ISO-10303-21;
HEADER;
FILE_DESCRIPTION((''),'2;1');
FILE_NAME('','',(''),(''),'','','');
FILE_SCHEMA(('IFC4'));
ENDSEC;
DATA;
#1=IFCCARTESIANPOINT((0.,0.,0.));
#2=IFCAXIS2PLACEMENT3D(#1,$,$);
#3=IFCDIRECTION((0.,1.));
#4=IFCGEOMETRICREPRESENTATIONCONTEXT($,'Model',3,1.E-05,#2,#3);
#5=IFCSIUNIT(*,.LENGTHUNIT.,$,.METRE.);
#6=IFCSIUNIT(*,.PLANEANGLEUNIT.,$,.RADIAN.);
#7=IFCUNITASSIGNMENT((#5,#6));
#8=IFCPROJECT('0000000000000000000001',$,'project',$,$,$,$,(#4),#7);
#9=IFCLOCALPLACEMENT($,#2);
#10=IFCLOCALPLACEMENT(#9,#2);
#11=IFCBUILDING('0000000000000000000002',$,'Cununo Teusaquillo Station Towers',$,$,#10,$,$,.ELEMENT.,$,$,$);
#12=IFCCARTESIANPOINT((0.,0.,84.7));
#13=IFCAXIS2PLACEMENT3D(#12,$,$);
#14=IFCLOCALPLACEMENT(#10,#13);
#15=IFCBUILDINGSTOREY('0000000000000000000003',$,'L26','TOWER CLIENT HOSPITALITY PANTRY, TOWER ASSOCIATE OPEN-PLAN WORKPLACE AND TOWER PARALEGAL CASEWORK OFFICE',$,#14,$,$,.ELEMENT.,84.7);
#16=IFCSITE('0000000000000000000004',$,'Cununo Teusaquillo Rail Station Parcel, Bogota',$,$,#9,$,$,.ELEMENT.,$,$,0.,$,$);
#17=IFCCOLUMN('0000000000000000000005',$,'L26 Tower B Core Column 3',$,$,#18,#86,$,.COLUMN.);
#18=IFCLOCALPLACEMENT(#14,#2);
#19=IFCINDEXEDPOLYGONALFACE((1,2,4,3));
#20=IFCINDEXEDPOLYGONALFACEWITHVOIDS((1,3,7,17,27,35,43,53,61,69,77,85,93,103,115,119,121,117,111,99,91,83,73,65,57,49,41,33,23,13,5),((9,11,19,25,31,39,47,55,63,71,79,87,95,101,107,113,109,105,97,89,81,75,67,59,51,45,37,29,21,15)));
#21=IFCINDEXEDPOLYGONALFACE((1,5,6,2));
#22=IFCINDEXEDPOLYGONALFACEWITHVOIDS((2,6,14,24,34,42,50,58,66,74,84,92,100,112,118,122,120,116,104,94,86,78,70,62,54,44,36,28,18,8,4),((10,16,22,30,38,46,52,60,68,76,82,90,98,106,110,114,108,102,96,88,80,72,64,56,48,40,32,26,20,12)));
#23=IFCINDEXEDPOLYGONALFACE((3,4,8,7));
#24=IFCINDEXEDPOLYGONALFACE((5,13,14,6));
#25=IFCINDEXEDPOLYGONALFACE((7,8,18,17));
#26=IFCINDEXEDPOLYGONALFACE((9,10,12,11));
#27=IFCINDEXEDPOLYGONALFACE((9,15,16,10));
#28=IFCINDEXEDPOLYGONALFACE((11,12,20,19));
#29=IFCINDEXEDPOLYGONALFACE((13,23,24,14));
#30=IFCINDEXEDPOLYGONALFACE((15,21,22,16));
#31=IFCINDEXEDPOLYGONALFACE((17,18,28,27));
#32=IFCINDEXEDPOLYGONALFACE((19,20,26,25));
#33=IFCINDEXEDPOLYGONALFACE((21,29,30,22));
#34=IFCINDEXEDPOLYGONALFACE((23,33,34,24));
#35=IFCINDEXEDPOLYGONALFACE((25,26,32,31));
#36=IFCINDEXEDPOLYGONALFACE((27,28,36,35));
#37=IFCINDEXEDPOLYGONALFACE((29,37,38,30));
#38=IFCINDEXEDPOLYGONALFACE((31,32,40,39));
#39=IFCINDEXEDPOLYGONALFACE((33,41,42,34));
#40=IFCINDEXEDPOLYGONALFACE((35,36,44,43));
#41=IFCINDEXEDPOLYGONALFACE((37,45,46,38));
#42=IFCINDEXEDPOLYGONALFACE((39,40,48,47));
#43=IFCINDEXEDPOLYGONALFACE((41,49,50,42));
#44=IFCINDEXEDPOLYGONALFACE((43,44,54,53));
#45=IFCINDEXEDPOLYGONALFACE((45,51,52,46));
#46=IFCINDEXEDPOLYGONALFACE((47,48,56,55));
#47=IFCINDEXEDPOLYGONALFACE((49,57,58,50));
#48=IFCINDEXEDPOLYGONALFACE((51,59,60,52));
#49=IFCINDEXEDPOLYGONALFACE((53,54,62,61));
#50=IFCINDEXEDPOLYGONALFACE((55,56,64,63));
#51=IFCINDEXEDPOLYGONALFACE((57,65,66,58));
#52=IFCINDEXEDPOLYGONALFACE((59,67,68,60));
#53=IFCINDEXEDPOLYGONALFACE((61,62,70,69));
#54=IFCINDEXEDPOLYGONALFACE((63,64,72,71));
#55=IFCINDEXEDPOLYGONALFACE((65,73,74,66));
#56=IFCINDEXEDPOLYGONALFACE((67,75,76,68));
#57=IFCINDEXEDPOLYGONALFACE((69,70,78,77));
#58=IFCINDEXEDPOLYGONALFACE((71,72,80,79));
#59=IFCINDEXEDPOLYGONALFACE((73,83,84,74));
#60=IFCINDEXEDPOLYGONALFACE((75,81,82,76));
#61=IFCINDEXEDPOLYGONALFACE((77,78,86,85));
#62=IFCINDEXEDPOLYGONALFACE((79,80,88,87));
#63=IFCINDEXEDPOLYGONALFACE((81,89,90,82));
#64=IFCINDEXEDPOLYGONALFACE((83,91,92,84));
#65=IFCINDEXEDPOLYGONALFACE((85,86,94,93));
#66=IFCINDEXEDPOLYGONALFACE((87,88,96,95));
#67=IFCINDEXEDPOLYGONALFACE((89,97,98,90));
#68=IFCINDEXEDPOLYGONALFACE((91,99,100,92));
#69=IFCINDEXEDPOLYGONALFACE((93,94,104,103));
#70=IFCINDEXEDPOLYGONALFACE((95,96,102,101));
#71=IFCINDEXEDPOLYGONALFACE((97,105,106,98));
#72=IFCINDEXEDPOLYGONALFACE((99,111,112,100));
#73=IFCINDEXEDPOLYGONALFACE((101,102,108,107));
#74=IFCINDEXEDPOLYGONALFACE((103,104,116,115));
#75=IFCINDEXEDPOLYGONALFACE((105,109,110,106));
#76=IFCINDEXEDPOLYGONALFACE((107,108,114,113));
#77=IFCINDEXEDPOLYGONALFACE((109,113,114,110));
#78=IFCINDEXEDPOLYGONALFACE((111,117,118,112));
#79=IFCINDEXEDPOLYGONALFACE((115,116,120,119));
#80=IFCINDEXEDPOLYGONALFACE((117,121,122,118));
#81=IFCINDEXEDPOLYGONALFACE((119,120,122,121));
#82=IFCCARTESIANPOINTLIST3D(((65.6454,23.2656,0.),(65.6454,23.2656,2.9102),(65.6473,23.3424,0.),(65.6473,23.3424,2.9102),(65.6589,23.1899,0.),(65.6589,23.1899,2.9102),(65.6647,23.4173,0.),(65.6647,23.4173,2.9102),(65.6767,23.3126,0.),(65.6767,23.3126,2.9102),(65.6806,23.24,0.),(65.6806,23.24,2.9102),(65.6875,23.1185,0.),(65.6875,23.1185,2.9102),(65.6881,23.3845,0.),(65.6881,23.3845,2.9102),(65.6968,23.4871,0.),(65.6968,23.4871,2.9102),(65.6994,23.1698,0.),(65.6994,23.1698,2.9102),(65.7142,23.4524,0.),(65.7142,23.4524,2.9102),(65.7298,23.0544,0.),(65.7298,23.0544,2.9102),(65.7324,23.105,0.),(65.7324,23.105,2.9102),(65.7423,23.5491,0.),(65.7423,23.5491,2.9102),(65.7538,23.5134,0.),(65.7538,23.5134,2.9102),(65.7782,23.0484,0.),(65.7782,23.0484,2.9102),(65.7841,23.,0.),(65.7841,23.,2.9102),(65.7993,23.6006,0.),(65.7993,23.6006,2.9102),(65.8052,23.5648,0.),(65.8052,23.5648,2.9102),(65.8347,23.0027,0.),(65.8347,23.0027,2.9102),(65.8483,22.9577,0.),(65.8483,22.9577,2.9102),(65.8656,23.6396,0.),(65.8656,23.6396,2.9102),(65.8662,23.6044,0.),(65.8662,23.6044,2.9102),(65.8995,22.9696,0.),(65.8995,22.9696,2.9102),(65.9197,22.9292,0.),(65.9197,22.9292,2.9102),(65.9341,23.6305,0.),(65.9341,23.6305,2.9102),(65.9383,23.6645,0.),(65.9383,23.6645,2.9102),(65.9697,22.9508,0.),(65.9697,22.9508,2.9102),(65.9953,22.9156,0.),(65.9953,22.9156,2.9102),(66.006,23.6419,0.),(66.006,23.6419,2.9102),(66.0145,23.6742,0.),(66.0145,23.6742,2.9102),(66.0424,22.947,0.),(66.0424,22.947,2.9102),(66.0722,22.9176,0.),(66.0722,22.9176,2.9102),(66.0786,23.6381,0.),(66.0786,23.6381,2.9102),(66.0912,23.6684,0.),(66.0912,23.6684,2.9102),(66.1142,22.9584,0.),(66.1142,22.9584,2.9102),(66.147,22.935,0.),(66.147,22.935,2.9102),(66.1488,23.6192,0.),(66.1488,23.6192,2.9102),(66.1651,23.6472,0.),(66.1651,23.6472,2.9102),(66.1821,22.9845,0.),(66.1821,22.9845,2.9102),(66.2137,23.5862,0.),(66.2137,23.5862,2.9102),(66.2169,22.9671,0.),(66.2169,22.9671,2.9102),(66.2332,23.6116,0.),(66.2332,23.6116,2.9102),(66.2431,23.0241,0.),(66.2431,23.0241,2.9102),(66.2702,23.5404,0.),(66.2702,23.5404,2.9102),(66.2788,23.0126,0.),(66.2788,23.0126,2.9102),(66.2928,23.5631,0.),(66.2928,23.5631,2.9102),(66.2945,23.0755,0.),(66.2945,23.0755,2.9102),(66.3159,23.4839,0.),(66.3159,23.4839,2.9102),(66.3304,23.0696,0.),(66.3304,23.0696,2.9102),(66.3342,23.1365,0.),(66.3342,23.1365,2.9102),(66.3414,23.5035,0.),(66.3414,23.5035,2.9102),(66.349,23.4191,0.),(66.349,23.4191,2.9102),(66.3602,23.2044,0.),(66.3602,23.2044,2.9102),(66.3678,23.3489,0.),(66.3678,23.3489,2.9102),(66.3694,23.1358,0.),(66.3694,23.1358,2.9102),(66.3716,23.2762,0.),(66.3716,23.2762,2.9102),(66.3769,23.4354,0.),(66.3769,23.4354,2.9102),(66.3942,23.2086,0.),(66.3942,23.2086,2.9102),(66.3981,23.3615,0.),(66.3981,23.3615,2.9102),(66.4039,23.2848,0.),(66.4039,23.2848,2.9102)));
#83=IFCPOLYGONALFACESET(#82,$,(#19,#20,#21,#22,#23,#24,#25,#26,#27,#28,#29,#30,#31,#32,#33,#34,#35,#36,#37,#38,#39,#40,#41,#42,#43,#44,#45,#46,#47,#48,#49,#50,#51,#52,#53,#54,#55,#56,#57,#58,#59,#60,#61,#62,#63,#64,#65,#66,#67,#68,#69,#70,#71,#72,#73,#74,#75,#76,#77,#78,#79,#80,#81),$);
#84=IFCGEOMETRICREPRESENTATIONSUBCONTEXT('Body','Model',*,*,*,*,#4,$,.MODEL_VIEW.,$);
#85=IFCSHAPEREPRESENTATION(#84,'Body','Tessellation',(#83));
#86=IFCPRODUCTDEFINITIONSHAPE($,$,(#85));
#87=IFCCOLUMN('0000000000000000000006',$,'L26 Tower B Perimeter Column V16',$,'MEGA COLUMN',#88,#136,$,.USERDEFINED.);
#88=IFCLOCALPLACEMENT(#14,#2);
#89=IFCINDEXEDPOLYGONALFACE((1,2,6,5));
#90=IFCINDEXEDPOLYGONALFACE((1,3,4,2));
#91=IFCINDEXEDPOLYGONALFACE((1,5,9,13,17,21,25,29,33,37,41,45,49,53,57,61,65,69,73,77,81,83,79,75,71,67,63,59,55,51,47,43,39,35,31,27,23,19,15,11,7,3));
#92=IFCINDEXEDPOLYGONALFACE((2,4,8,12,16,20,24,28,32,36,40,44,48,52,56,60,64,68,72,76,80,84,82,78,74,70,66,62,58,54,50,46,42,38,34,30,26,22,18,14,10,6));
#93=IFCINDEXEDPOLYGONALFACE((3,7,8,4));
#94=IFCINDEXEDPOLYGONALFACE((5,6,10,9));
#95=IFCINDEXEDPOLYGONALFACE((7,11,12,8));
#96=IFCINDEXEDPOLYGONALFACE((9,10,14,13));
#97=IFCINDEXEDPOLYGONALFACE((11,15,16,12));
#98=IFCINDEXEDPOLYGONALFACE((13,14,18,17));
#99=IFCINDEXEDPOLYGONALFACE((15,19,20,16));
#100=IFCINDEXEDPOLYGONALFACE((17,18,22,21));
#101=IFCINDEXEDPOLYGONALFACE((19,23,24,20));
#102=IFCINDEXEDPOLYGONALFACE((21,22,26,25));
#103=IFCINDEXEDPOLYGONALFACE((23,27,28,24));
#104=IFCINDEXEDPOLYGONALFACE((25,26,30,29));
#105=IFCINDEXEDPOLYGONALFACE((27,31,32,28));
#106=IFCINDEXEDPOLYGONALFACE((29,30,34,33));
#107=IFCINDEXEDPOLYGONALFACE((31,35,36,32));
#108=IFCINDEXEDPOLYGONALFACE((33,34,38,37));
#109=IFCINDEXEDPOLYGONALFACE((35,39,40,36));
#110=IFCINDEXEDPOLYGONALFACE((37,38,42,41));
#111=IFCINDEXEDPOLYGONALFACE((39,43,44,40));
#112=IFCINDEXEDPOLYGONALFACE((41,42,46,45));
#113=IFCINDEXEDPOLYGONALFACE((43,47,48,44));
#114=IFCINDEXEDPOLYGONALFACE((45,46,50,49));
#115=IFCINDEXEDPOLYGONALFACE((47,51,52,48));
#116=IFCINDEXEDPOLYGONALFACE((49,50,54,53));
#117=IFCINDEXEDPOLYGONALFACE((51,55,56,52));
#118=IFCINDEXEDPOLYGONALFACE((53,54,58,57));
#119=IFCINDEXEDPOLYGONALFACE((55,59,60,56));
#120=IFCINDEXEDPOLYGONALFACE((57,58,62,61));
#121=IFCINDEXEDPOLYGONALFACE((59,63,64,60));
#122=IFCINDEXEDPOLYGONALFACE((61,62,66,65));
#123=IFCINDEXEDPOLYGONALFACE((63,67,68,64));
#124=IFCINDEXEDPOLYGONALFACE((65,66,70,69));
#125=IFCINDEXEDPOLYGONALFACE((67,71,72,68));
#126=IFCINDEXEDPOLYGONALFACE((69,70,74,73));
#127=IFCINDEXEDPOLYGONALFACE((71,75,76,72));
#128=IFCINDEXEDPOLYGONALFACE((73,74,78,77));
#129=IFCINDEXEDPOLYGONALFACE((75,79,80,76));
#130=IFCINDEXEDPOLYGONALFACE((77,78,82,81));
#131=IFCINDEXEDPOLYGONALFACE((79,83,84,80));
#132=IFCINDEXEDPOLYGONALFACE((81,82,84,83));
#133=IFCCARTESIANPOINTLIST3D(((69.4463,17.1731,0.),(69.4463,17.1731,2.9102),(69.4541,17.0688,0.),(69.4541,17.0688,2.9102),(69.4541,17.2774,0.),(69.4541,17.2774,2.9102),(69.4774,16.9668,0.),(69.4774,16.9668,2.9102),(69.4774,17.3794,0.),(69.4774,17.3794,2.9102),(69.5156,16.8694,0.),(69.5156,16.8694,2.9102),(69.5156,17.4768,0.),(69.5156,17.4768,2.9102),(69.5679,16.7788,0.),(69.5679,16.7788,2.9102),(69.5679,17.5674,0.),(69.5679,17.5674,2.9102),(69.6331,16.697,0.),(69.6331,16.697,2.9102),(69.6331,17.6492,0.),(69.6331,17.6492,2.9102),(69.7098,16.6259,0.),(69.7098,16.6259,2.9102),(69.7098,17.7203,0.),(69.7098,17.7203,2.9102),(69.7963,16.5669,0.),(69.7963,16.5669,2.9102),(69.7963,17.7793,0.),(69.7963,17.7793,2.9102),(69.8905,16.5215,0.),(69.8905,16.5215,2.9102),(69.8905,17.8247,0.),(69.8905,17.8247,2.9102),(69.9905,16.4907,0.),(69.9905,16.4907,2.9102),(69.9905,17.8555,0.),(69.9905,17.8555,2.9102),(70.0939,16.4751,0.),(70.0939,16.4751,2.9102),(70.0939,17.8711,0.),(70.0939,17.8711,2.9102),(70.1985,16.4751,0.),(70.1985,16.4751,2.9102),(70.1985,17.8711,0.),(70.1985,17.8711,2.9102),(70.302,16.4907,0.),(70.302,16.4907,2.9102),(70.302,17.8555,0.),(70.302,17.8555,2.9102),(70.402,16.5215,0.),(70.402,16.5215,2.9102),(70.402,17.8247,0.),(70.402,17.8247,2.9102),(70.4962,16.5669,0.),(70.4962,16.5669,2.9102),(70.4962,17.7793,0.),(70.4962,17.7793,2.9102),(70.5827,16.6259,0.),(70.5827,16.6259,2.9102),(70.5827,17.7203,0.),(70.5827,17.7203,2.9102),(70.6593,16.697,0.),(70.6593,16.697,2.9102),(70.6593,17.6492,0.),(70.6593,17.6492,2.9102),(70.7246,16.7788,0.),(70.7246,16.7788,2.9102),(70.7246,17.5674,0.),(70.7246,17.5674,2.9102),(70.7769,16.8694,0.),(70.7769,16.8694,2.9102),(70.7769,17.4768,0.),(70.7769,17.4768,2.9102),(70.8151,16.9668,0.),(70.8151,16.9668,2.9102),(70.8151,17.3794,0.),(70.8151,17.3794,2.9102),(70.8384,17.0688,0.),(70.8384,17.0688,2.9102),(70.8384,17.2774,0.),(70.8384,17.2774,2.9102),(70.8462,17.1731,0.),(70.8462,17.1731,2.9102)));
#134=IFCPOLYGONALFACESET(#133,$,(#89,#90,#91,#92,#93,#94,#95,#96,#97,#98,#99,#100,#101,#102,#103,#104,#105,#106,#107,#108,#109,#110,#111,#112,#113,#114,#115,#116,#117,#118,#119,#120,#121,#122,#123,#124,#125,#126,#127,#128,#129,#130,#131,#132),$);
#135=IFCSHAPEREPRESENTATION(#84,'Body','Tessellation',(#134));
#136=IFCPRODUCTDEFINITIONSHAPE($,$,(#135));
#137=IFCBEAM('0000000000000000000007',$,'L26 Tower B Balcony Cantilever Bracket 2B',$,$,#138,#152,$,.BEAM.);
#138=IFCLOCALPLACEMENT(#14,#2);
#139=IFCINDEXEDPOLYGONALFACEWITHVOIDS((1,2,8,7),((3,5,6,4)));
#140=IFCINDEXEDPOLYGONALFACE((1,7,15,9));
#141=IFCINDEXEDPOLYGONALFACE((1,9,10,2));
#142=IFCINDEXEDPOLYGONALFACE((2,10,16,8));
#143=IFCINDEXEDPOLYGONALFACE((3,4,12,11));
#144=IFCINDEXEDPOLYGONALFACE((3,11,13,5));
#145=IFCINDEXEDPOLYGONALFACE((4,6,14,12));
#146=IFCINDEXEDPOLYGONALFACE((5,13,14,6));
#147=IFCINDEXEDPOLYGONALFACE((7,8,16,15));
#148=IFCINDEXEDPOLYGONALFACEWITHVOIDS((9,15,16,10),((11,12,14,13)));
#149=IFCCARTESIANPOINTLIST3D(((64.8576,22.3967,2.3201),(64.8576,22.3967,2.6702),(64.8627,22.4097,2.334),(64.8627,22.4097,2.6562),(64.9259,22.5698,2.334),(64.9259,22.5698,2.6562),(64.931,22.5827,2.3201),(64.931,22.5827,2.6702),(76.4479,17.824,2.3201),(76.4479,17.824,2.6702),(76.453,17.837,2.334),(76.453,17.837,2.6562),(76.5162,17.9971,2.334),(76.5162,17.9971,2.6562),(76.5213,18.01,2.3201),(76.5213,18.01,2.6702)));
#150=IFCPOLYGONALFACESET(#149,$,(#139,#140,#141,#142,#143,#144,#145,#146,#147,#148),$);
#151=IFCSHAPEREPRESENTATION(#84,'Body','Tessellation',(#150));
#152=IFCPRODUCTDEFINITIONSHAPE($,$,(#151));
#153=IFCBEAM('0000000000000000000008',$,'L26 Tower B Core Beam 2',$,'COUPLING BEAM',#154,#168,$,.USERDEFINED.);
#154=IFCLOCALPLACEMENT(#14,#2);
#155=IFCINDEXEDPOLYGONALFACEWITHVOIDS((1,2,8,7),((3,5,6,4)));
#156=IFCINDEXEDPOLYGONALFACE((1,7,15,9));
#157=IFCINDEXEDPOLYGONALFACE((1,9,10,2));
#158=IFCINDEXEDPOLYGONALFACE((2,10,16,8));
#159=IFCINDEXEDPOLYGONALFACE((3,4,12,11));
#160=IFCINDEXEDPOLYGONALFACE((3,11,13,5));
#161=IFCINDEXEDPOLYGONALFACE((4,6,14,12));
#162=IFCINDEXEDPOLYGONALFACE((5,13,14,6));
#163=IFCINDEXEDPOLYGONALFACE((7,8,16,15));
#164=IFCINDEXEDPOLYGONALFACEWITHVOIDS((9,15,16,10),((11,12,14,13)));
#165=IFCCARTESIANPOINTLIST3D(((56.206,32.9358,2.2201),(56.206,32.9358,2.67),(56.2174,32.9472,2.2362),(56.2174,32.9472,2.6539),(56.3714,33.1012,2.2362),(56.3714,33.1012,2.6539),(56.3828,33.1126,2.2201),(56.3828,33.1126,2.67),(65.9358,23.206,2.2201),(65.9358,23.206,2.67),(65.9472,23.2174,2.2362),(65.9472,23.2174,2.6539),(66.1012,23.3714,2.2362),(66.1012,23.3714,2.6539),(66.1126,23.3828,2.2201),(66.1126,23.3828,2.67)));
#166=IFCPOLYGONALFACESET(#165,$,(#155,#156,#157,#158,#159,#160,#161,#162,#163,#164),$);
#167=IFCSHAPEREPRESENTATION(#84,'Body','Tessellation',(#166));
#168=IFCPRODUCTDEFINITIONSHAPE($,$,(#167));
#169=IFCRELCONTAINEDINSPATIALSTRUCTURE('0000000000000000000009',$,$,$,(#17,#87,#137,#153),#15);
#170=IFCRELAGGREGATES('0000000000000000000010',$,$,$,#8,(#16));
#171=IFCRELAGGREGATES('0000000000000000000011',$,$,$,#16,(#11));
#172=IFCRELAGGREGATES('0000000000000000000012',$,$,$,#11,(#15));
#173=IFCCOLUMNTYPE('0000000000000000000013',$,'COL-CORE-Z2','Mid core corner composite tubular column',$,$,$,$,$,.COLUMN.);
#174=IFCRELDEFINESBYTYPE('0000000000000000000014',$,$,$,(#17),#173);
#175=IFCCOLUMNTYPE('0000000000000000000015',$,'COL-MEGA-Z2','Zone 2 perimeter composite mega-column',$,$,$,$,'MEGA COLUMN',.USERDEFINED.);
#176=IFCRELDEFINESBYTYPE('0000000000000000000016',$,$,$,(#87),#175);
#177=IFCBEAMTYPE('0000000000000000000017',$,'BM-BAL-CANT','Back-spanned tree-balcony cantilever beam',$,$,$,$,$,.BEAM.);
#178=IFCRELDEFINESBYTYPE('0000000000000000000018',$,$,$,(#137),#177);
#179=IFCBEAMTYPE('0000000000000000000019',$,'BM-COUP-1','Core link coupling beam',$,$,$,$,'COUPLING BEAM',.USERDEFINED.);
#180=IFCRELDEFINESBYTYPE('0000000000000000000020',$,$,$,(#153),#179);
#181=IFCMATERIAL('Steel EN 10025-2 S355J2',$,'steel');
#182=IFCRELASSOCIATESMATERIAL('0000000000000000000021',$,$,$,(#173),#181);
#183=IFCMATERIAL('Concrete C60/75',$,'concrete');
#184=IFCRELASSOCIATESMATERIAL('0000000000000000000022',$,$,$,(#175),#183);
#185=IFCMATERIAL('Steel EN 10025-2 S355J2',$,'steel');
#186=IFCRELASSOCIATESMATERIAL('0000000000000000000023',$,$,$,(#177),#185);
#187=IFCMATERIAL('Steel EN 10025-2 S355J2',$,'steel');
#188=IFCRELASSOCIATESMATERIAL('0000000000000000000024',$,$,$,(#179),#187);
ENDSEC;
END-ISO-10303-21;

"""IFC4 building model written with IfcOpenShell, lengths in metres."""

from ifc_helpers import new_model, si_unit, direction, frame, origin, origin_2d, place, context, subcontext, project, spatial, hollow_rectangle, circle, hollow_circle, extrude, material, material_profile, profile_set, type_object, element, save


model = new_model("IFC4")

# Units and contexts
model_context = context("Model", 3, precision=1e-05, world=origin(), true_north=direction((0.0, 1.0)))
body_context = subcontext(model_context, "Body", "Model", "MODEL_VIEW")
ifc_project = project(units=[si_unit("LENGTHUNIT", "METRE"), si_unit("PLANEANGLEUNIT", "RADIAN")], contexts=[model_context])

# Site, building, storey
site_placement = place(None, origin())
site = spatial("IfcSite", under=ifc_project, at=site_placement, Name="Cununo Teusaquillo Rail Station Parcel, Bogota", CompositionType="ELEMENT", RefElevation=0.0)
building_placement = place(site_placement, origin())
building = spatial("IfcBuilding", under=site, at=building_placement, Name="Cununo Teusaquillo Station Towers", CompositionType="ELEMENT")
storey_placement = place(building_placement, frame((0.0, 0.0, 84.7)))
storey = spatial("IfcBuildingStorey", under=building, at=storey_placement, Name="L26", Description="TOWER CLIENT HOSPITALITY PANTRY, TOWER ASSOCIATE OPEN-PLAN WORKPLACE AND TOWER PARALEGAL CASEWORK OFFICE", CompositionType="ELEMENT", Elevation=84.7)

# Columns
ifc_material_1 = material(Name="Steel EN 10025-2 S355J2", Category="steel")
ifc_material_profile_1 = material_profile(ifc_material_1, hollow_circle(Radius=0.3799, WallThickness=0.032, at=origin_2d()), Name="CHS 760x32")
ifc_profile_set_1 = profile_set([ifc_material_profile_1], Name="Steel EN 10025-2 S355J2")
column_type_1 = type_object("IfcColumnType", Name="COL-CORE-Z2", Description="Mid core corner composite tubular column", PredefinedType="COLUMN", material=ifc_profile_set_1)
column_1_placement = place(storey_placement, frame((66.0242, 23.2944, 0.0), z_axis=(0.0, 0.0, 1.0), x_axis=(0.707107, 0.707107, 0.0)))
element("IfcColumn", 1, at=column_1_placement, inside=storey, type_object=column_type_1, Name="L26 Tower B Core Column 3", PredefinedType="COLUMN", context=body_context, shape_type="SweptSolid", body=[
    extrude(hollow_circle(Radius=0.3799, WallThickness=0.032, at=origin_2d()), origin(), (0.0, 0.0, 1.0), 2.9102),
])
ifc_material_2 = material(Name="Concrete C60/75", Category="concrete")
ifc_material_profile_2 = material_profile(ifc_material_2, circle(Radius=0.7, at=origin_2d()), Name="RC-CIRC-1400")
ifc_profile_set_2 = profile_set([ifc_material_profile_2], Name="Concrete C60/75")
column_type_2 = type_object("IfcColumnType", Name="COL-MEGA-Z2", Description="Zone 2 perimeter composite mega-column", ElementType="MEGA COLUMN", PredefinedType="USERDEFINED", material=ifc_profile_set_2)
column_2_placement = place(storey_placement, frame((70.1462, 17.1731, 0.0), z_axis=(0.0, 0.0, 1.0), x_axis=(1.0, 0.0, 0.0)))
element("IfcColumn", 2, at=column_2_placement, inside=storey, type_object=column_type_2, Name="L26 Tower B Perimeter Column V16", ObjectType="MEGA COLUMN", PredefinedType="USERDEFINED", context=body_context, shape_type="SweptSolid", body=[
    extrude(circle(Radius=0.7, at=origin_2d()), origin(), (0.0, 0.0, 1.0), 2.9102),
])

# Beams
ifc_material_3 = material(Name="Steel EN 10025-2 S355J2", Category="steel")
ifc_material_profile_3 = material_profile(ifc_material_3, hollow_rectangle(XDim=0.2, YDim=0.3501, WallThickness=0.0139, at=origin_2d()), Name="RHS 350x200x14")
ifc_profile_set_3 = profile_set([ifc_material_profile_3], Name="Steel EN 10025-2 S355J2")
beam_type_1 = type_object("IfcBeamType", Name="BM-BAL-CANT", Description="Back-spanned tree-balcony cantilever beam", PredefinedType="BEAM", material=ifc_profile_set_3)
beam_1_placement = place(storey_placement, frame((64.8943, 22.4897, 2.4951), z_axis=(0.93022, -0.367001, 0.0), x_axis=(0.367001, 0.93022, 0.0)))
element("IfcBeam", 3, at=beam_1_placement, inside=storey, type_object=beam_type_1, Name="L26 Tower B Balcony Cantilever Bracket 2B", PredefinedType="BEAM", context=body_context, shape_type="SweptSolid", body=[
    extrude(hollow_rectangle(XDim=0.2, YDim=0.3501, WallThickness=0.0139, at=origin_2d()), origin(), (0.0, 0.0, 1.0), 12.4597),
])
ifc_material_4 = material(Name="Steel EN 10025-2 S355J2", Category="steel")
ifc_material_profile_4 = material_profile(ifc_material_4, hollow_rectangle(XDim=0.25, YDim=0.45, WallThickness=0.0161, at=origin_2d()), Name="RHS 450x250x16")
ifc_profile_set_4 = profile_set([ifc_material_profile_4], Name="Steel EN 10025-2 S355J2")
beam_type_2 = type_object("IfcBeamType", Name="BM-COUP-1", Description="Core link coupling beam", ElementType="COUPLING BEAM", PredefinedType="USERDEFINED", material=ifc_profile_set_4)
beam_2_placement = place(storey_placement, frame((66.0242, 23.2944, 2.4451), z_axis=(-0.707107, 0.707107, 0.0), x_axis=(-0.707107, -0.707107, 0.0)))
element("IfcBeam", 4, at=beam_2_placement, inside=storey, type_object=beam_type_2, Name="L26 Tower B Core Beam 2", ObjectType="COUPLING BEAM", PredefinedType="USERDEFINED", context=body_context, shape_type="SweptSolid", body=[
    extrude(hollow_rectangle(XDim=0.25, YDim=0.45, WallThickness=0.0161, at=origin_2d()), origin(), (0.0, 0.0, 1.0), 13.76),
])

save(model, "model.ifc")
